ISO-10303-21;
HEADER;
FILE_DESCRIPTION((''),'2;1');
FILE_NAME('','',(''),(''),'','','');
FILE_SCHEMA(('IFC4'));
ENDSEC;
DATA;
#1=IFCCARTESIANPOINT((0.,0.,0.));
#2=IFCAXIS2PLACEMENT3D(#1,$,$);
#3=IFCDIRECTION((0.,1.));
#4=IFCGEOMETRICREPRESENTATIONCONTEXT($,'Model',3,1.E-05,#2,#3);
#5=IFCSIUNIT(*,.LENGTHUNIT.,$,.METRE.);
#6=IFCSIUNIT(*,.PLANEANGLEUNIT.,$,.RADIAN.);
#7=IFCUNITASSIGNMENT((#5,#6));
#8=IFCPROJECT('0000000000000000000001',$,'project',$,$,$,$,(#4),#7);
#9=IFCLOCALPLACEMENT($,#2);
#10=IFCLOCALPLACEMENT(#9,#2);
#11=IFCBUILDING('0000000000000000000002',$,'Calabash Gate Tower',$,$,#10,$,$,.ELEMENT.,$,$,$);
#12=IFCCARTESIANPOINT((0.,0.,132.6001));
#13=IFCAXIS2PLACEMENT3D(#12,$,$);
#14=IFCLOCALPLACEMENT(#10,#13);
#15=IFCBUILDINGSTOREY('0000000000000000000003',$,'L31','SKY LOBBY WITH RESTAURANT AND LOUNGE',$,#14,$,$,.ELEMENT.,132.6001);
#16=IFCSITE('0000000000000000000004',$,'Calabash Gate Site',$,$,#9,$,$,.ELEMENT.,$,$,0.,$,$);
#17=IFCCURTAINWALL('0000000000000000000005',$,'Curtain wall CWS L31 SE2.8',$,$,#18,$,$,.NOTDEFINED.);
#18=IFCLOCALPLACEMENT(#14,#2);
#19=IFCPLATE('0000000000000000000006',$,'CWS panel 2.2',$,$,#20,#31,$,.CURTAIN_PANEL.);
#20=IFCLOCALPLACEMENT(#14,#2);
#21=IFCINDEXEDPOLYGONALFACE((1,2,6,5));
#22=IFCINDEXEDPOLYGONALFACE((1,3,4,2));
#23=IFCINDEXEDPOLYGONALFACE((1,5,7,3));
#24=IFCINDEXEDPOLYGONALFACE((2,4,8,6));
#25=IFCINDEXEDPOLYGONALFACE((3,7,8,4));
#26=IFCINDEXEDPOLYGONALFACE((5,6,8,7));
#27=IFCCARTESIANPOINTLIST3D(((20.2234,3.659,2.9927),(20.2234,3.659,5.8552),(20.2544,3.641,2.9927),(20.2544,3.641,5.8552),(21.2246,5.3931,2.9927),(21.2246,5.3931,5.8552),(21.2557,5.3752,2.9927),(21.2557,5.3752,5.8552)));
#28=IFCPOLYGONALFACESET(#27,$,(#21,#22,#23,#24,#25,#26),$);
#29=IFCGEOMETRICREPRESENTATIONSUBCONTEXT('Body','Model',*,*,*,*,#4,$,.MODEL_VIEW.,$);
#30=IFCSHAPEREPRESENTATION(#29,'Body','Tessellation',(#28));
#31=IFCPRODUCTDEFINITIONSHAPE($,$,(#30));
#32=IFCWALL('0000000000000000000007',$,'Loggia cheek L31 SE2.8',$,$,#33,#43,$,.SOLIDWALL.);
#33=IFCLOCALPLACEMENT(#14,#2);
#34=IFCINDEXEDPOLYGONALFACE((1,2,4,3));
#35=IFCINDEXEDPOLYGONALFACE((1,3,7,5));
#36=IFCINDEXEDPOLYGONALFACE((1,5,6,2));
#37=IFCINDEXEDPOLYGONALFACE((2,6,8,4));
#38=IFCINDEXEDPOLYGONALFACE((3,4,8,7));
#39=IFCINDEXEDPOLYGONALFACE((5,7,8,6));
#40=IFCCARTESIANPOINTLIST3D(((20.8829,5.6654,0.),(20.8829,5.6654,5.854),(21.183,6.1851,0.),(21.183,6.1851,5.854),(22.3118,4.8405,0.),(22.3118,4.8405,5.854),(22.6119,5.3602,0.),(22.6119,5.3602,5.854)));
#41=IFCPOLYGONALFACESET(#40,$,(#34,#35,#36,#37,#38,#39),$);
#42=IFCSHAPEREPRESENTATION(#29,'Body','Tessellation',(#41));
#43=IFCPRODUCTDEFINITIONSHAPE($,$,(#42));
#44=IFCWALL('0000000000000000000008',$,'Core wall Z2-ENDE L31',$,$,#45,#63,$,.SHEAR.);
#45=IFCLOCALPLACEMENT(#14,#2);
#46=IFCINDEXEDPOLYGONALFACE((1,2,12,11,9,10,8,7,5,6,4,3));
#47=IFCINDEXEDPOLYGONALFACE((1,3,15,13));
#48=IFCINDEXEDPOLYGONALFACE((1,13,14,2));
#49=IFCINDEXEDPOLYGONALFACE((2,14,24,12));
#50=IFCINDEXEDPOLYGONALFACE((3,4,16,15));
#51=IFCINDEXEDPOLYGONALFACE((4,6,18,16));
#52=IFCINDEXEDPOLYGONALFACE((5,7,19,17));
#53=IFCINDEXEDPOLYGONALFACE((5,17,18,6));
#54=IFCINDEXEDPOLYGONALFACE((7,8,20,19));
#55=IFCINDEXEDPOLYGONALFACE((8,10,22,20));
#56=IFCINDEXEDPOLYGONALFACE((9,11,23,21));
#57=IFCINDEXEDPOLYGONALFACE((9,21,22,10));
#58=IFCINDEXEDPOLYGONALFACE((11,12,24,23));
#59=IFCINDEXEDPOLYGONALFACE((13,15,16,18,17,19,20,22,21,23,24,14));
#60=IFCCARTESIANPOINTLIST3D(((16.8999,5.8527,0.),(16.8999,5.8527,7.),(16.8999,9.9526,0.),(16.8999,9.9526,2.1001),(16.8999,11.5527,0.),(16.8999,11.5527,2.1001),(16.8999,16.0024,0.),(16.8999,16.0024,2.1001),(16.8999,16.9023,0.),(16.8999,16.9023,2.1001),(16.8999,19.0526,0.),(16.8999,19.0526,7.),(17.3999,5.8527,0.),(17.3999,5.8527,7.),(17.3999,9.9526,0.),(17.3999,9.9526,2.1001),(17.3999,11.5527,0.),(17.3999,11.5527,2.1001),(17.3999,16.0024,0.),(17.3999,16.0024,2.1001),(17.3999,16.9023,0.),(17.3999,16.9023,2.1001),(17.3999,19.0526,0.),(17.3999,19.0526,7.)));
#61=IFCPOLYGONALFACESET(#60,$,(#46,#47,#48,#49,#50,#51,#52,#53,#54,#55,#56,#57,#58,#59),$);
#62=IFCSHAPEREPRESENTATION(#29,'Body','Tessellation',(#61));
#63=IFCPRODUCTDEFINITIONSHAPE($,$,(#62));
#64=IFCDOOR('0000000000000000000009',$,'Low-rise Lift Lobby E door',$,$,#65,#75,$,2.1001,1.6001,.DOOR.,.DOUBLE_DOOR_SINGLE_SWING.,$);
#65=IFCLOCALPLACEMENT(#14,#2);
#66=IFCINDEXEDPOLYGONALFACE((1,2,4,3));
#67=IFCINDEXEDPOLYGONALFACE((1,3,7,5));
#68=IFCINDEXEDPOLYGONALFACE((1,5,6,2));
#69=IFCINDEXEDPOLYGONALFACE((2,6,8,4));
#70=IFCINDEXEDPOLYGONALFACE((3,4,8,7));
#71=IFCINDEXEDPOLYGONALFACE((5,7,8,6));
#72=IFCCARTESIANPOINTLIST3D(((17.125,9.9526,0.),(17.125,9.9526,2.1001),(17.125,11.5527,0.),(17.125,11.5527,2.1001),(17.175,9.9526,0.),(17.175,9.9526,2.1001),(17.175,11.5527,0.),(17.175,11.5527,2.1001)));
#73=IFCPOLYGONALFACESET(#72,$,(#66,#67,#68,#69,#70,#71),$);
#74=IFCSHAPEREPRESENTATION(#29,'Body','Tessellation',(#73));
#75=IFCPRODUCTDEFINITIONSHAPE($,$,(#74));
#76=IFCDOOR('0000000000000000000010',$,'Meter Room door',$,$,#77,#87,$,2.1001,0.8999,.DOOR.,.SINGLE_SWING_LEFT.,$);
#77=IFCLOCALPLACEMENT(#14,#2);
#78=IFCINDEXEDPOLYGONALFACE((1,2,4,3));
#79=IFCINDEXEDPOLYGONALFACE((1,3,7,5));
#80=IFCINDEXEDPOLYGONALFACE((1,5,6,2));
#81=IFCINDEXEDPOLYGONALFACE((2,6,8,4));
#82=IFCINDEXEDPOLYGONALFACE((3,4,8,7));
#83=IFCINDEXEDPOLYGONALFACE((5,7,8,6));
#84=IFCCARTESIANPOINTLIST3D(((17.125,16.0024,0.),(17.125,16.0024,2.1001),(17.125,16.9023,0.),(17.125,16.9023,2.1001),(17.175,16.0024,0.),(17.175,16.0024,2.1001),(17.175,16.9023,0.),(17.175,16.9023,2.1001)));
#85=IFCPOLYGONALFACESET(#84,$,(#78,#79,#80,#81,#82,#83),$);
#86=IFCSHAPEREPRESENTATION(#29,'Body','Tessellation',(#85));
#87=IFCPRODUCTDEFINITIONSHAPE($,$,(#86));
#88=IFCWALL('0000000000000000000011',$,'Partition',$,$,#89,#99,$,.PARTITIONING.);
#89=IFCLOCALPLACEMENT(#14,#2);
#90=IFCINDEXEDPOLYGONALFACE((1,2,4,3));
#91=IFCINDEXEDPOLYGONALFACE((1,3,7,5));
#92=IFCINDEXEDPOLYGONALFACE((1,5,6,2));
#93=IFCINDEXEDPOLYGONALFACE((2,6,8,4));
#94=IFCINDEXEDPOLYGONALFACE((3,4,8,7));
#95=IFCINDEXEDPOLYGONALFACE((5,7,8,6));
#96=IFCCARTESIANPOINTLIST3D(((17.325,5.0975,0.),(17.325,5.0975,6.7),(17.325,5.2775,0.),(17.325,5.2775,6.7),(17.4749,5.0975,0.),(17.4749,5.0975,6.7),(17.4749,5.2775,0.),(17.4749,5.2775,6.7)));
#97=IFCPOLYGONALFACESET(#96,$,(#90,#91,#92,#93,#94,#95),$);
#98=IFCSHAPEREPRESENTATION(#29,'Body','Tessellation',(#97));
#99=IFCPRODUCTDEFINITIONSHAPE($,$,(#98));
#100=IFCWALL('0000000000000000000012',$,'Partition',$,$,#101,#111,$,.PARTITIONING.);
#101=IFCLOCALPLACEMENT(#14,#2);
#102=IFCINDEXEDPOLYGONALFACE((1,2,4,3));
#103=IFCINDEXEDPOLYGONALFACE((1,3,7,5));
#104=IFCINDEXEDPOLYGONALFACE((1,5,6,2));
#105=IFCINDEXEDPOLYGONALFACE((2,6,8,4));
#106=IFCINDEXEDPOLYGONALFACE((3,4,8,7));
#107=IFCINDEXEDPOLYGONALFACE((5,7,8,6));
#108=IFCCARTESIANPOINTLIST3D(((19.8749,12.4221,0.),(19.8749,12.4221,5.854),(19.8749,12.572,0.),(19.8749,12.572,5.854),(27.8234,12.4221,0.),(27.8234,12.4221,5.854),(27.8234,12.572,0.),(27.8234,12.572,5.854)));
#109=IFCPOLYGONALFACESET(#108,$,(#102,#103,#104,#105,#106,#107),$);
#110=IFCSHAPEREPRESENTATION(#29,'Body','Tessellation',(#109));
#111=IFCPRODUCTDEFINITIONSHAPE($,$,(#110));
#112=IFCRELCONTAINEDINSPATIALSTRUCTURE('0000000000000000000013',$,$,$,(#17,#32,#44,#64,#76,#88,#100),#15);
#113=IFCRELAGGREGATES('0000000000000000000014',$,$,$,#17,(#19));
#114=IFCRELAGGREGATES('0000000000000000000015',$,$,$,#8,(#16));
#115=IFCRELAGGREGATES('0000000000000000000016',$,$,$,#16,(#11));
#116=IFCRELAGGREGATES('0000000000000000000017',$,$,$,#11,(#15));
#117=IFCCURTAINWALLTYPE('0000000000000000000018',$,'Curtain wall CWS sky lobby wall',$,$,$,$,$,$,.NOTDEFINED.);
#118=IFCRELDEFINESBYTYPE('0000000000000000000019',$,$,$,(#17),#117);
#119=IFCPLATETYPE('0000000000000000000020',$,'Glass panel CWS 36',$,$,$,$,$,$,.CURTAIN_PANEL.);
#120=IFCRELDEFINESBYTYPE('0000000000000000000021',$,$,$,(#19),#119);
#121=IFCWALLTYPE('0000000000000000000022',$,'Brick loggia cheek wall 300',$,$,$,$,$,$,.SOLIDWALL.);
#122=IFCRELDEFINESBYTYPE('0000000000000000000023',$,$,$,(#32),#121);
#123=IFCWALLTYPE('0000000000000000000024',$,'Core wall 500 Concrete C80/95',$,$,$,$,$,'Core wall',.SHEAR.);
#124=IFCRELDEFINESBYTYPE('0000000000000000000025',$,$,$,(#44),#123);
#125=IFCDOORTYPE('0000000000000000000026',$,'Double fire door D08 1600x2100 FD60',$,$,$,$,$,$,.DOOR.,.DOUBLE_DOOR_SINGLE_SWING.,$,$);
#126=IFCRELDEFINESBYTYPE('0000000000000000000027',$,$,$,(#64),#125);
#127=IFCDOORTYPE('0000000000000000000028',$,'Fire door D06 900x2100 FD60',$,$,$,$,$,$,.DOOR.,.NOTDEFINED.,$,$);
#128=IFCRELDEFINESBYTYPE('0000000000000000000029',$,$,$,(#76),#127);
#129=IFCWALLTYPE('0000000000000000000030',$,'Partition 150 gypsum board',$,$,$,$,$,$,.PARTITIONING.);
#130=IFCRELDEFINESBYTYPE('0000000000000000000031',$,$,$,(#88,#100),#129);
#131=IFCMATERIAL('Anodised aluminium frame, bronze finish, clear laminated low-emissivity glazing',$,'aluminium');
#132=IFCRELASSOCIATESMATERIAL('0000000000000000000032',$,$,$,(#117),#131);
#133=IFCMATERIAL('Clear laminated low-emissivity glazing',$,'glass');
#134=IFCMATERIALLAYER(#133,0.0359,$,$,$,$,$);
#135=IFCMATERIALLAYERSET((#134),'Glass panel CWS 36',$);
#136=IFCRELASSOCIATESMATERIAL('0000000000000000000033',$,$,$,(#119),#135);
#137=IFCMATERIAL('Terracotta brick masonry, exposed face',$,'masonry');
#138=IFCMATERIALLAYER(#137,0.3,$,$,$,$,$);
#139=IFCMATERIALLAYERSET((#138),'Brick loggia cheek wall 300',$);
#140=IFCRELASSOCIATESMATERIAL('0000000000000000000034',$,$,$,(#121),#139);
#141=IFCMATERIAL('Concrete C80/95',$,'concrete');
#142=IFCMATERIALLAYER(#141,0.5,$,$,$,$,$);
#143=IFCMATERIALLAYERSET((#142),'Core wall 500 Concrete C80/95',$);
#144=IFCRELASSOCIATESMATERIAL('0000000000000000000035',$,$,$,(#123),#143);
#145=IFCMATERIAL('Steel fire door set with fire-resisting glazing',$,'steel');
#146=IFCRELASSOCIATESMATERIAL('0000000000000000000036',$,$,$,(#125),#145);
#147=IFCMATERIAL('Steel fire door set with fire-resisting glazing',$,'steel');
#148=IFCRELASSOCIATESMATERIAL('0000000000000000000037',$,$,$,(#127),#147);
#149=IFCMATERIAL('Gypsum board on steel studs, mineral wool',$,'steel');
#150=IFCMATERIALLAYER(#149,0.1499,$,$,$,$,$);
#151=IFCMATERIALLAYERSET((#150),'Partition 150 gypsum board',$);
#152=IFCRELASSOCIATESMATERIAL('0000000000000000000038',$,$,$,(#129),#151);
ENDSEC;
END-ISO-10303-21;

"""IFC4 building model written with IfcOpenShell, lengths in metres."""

from ifc_helpers import new_model, si_unit, direction, frame, frame_2d, origin, origin_2d, place, context, subcontext, project, spatial, rectangle, extrude, material, layer, layer_set, type_object, element, fill, aggregate, save


model = new_model("IFC4")

# Units and contexts
model_context = context("Model", 3, precision=1e-05, world=origin(), true_north=direction((0.0, 1.0)))
body_context = subcontext(model_context, "Body", "Model", "MODEL_VIEW")
ifc_project = project(units=[si_unit("LENGTHUNIT", "METRE"), si_unit("PLANEANGLEUNIT", "RADIAN")], contexts=[model_context])

# Site, building, storey
site_placement = place(None, origin())
site = spatial("IfcSite", under=ifc_project, at=site_placement, Name="Calabash Gate Site", CompositionType="ELEMENT", RefElevation=0.0)
building_placement = place(site_placement, origin())
building = spatial("IfcBuilding", under=site, at=building_placement, Name="Calabash Gate Tower", CompositionType="ELEMENT")
storey_placement = place(building_placement, frame((0.0, 0.0, 132.6001)))
storey = spatial("IfcBuildingStorey", under=building, at=storey_placement, Name="L31", Description="SKY LOBBY WITH RESTAURANT AND LOUNGE", CompositionType="ELEMENT", Elevation=132.6001)

# Curtain wall, plate
ifc_material_1 = material(Name="Anodised aluminium frame, bronze finish, clear laminated low-emissivity glazing", Category="aluminium")
curtain_wall_type = type_object("IfcCurtainWallType", Name="Curtain wall CWS sky lobby wall", PredefinedType="NOTDEFINED", material=ifc_material_1)
curtain_wall_placement = place(storey_placement, origin())
curtain_wall = element("IfcCurtainWall", 1, at=curtain_wall_placement, inside=storey, type_object=curtain_wall_type, Name="Curtain wall CWS L31 SE2.8", PredefinedType="NOTDEFINED")
ifc_material_2 = material(Name="Clear laminated low-emissivity glazing", Category="glass")
ifc_layer_1 = layer(ifc_material_2, 0.0359)
ifc_layer_set_1 = layer_set([ifc_layer_1], Name="Glass panel CWS 36")
plate_type = type_object("IfcPlateType", Name="Glass panel CWS 36", PredefinedType="CURTAIN_PANEL", material=ifc_layer_set_1)
plate_1_placement = place(storey_placement, frame((20.7395, 4.5171, 2.9927), z_axis=(0.0, 0.0, 1.0), x_axis=(0.5, 0.866025, 0.0)))
plate_1 = element("IfcPlate", 2, at=plate_1_placement, type_object=plate_type, Name="CWS panel 2.2", PredefinedType="CURTAIN_PANEL", context=body_context, shape_type="SweptSolid", body=[
    extrude(rectangle(XDim=2.0024, YDim=0.0359, at=origin_2d()), origin(), (0.0, 0.0, 1.0), 2.8625),
])
aggregate(curtain_wall, [plate_1])

# Wall
ifc_material_3 = material(Name="Terracotta brick masonry, exposed face", Category="masonry")
ifc_layer_2 = layer(ifc_material_3, 0.3)
ifc_layer_set_2 = layer_set([ifc_layer_2], Name="Brick loggia cheek wall 300")
wall_type_1 = type_object("IfcWallType", Name="Brick loggia cheek wall 300", PredefinedType="SOLIDWALL", material=ifc_layer_set_2)
wall_1_placement = place(storey_placement, frame((21.033, 5.9253, 0.0), z_axis=(0.0, 0.0, 1.0), x_axis=(0.86604, -0.499974, 0.0)))
element("IfcWall", 3, at=wall_1_placement, inside=storey, type_object=wall_type_1, Name="Loggia cheek L31 SE2.8", PredefinedType="SOLIDWALL", context=body_context, shape_type="SweptSolid", body=[
    extrude(rectangle(XDim=1.6499, YDim=0.6001, at=frame_2d((0.825, 0.0))), origin(), (0.0, 0.0, 1.0), 5.854),
])

# Wall, openings, doors
ifc_material_4 = material(Name="Concrete C80/95", Category="concrete")
ifc_layer_3 = layer(ifc_material_4, 0.5)
ifc_layer_set_3 = layer_set([ifc_layer_3], Name="Core wall 500 Concrete C80/95")
wall_type_2 = type_object("IfcWallType", Name="Core wall 500 Concrete C80/95", ElementType="Core wall", PredefinedType="SHEAR", material=ifc_layer_set_3)
wall_2_placement = place(storey_placement, frame((17.1499, 5.8525, 0.0), z_axis=(0.0, 0.0, 1.0), x_axis=(0.0, 1.0, 0.0)))
wall_2 = element("IfcWall", 4, at=wall_2_placement, inside=storey, type_object=wall_type_2, Name="Core wall Z2-ENDE L31", PredefinedType="SHEAR", context=body_context, shape_type="SweptSolid", body=[
    extrude(rectangle(XDim=13.2, YDim=0.5, at=frame_2d((6.6001, 0.0))), origin(), (0.0, 0.0, 1.0), 7.0),
])
opening_1_placement = place(wall_2_placement, frame((4.1001, 0.0, 0.0)))
opening_1 = element("IfcOpeningElement", 5, at=opening_1_placement, cuts=wall_2, PredefinedType="OPENING", context=body_context, shape_type="SweptSolid", body=[
    extrude(rectangle(XDim=1.6001, YDim=2.1001, at=frame_2d((0.8, 1.05))), frame((0.0, 0.26, 0.0), z_axis=(0.0, -1.0, 0.0), x_axis=(1.0, 0.0, 0.0)), (0.0, 0.0, 1.0), 0.52),
])
opening_2_placement = place(wall_2_placement, frame((10.1499, 0.0, 0.0)))
opening_2 = element("IfcOpeningElement", 6, at=opening_2_placement, cuts=wall_2, PredefinedType="OPENING", context=body_context, shape_type="SweptSolid", body=[
    extrude(rectangle(XDim=0.8999, YDim=2.1001, at=frame_2d((0.45, 1.05))), frame((0.0, 0.26, 0.0), z_axis=(0.0, -1.0, 0.0), x_axis=(1.0, 0.0, 0.0)), (0.0, 0.0, 1.0), 0.52),
])
ifc_material_5 = material(Name="Steel fire door set with fire-resisting glazing", Category="steel")
door_type_1 = type_object("IfcDoorType", Name="Double fire door D08 1600x2100 FD60", OperationType="DOUBLE_DOOR_SINGLE_SWING", PredefinedType="DOOR", material=ifc_material_5)
door_1_placement = place(opening_1_placement, origin())
door_1 = element("IfcDoor", 7, at=door_1_placement, inside=storey, type_object=door_type_1, Name="Low-rise Lift Lobby E door", OperationType="DOUBLE_DOOR_SINGLE_SWING", OverallHeight=2.1001, OverallWidth=1.6001, PredefinedType="DOOR", context=body_context, shape_type="SweptSolid", body=[
    extrude(rectangle(XDim=1.6001, YDim=2.1001, at=frame_2d((0.8, 1.05))), frame((0.0, 0.0249, 0.0), z_axis=(0.0, -1.0, 0.0), x_axis=(1.0, 0.0, 0.0)), (0.0, 0.0, 1.0), 0.05),
])
fill(opening_1, door_1)
ifc_material_6 = material(Name="Steel fire door set with fire-resisting glazing", Category="steel")
door_type_2 = type_object("IfcDoorType", Name="Fire door D06 900x2100 FD60", OperationType="NOTDEFINED", PredefinedType="DOOR", material=ifc_material_6)
door_2_placement = place(opening_2_placement, origin())
door_2 = element("IfcDoor", 8, at=door_2_placement, inside=storey, type_object=door_type_2, Name="Meter Room door", OperationType="SINGLE_SWING_LEFT", OverallHeight=2.1001, OverallWidth=0.8999, PredefinedType="DOOR", context=body_context, shape_type="SweptSolid", body=[
    extrude(rectangle(XDim=0.8999, YDim=2.1001, at=frame_2d((0.45, 1.05))), frame((0.0, 0.0249, 0.0), z_axis=(0.0, -1.0, 0.0), x_axis=(1.0, 0.0, 0.0)), (0.0, 0.0, 1.0), 0.05),
])
fill(opening_2, door_2)

# Walls
ifc_material_7 = material(Name="Gypsum board on steel studs, mineral wool", Category="steel")
ifc_layer_4 = layer(ifc_material_7, 0.1499)
ifc_layer_set_4 = layer_set([ifc_layer_4], Name="Partition 150 gypsum board")
wall_type_3 = type_object("IfcWallType", Name="Partition 150 gypsum board", PredefinedType="PARTITIONING", material=ifc_layer_set_4)
wall_3_placement = place(storey_placement, frame((17.3999, 5.0977, 0.0), z_axis=(0.0, 0.0, 1.0), x_axis=(0.0, 1.0, 0.0)))
element("IfcWall", 9, at=wall_3_placement, inside=storey, type_object=wall_type_3, Name="Partition", PredefinedType="PARTITIONING", context=body_context, shape_type="SweptSolid", body=[
    extrude(rectangle(XDim=0.1799, YDim=0.1499, at=frame_2d((0.0898, 0.0))), origin(), (0.0, 0.0, 1.0), 6.7),
])
wall_4_placement = place(storey_placement, frame((19.875, 12.4971, 0.0), z_axis=(0.0, 0.0, 1.0), x_axis=(1.0, 0.0, 0.0)))
element("IfcWall", 10, at=wall_4_placement, inside=storey, type_object=wall_type_3, Name="Partition", PredefinedType="PARTITIONING", context=body_context, shape_type="SweptSolid", body=[
    extrude(rectangle(XDim=7.9485, YDim=0.1499, at=frame_2d((3.9741, 0.0))), origin(), (0.0, 0.0, 1.0), 5.854),
])

save(model, "model.ifc")
